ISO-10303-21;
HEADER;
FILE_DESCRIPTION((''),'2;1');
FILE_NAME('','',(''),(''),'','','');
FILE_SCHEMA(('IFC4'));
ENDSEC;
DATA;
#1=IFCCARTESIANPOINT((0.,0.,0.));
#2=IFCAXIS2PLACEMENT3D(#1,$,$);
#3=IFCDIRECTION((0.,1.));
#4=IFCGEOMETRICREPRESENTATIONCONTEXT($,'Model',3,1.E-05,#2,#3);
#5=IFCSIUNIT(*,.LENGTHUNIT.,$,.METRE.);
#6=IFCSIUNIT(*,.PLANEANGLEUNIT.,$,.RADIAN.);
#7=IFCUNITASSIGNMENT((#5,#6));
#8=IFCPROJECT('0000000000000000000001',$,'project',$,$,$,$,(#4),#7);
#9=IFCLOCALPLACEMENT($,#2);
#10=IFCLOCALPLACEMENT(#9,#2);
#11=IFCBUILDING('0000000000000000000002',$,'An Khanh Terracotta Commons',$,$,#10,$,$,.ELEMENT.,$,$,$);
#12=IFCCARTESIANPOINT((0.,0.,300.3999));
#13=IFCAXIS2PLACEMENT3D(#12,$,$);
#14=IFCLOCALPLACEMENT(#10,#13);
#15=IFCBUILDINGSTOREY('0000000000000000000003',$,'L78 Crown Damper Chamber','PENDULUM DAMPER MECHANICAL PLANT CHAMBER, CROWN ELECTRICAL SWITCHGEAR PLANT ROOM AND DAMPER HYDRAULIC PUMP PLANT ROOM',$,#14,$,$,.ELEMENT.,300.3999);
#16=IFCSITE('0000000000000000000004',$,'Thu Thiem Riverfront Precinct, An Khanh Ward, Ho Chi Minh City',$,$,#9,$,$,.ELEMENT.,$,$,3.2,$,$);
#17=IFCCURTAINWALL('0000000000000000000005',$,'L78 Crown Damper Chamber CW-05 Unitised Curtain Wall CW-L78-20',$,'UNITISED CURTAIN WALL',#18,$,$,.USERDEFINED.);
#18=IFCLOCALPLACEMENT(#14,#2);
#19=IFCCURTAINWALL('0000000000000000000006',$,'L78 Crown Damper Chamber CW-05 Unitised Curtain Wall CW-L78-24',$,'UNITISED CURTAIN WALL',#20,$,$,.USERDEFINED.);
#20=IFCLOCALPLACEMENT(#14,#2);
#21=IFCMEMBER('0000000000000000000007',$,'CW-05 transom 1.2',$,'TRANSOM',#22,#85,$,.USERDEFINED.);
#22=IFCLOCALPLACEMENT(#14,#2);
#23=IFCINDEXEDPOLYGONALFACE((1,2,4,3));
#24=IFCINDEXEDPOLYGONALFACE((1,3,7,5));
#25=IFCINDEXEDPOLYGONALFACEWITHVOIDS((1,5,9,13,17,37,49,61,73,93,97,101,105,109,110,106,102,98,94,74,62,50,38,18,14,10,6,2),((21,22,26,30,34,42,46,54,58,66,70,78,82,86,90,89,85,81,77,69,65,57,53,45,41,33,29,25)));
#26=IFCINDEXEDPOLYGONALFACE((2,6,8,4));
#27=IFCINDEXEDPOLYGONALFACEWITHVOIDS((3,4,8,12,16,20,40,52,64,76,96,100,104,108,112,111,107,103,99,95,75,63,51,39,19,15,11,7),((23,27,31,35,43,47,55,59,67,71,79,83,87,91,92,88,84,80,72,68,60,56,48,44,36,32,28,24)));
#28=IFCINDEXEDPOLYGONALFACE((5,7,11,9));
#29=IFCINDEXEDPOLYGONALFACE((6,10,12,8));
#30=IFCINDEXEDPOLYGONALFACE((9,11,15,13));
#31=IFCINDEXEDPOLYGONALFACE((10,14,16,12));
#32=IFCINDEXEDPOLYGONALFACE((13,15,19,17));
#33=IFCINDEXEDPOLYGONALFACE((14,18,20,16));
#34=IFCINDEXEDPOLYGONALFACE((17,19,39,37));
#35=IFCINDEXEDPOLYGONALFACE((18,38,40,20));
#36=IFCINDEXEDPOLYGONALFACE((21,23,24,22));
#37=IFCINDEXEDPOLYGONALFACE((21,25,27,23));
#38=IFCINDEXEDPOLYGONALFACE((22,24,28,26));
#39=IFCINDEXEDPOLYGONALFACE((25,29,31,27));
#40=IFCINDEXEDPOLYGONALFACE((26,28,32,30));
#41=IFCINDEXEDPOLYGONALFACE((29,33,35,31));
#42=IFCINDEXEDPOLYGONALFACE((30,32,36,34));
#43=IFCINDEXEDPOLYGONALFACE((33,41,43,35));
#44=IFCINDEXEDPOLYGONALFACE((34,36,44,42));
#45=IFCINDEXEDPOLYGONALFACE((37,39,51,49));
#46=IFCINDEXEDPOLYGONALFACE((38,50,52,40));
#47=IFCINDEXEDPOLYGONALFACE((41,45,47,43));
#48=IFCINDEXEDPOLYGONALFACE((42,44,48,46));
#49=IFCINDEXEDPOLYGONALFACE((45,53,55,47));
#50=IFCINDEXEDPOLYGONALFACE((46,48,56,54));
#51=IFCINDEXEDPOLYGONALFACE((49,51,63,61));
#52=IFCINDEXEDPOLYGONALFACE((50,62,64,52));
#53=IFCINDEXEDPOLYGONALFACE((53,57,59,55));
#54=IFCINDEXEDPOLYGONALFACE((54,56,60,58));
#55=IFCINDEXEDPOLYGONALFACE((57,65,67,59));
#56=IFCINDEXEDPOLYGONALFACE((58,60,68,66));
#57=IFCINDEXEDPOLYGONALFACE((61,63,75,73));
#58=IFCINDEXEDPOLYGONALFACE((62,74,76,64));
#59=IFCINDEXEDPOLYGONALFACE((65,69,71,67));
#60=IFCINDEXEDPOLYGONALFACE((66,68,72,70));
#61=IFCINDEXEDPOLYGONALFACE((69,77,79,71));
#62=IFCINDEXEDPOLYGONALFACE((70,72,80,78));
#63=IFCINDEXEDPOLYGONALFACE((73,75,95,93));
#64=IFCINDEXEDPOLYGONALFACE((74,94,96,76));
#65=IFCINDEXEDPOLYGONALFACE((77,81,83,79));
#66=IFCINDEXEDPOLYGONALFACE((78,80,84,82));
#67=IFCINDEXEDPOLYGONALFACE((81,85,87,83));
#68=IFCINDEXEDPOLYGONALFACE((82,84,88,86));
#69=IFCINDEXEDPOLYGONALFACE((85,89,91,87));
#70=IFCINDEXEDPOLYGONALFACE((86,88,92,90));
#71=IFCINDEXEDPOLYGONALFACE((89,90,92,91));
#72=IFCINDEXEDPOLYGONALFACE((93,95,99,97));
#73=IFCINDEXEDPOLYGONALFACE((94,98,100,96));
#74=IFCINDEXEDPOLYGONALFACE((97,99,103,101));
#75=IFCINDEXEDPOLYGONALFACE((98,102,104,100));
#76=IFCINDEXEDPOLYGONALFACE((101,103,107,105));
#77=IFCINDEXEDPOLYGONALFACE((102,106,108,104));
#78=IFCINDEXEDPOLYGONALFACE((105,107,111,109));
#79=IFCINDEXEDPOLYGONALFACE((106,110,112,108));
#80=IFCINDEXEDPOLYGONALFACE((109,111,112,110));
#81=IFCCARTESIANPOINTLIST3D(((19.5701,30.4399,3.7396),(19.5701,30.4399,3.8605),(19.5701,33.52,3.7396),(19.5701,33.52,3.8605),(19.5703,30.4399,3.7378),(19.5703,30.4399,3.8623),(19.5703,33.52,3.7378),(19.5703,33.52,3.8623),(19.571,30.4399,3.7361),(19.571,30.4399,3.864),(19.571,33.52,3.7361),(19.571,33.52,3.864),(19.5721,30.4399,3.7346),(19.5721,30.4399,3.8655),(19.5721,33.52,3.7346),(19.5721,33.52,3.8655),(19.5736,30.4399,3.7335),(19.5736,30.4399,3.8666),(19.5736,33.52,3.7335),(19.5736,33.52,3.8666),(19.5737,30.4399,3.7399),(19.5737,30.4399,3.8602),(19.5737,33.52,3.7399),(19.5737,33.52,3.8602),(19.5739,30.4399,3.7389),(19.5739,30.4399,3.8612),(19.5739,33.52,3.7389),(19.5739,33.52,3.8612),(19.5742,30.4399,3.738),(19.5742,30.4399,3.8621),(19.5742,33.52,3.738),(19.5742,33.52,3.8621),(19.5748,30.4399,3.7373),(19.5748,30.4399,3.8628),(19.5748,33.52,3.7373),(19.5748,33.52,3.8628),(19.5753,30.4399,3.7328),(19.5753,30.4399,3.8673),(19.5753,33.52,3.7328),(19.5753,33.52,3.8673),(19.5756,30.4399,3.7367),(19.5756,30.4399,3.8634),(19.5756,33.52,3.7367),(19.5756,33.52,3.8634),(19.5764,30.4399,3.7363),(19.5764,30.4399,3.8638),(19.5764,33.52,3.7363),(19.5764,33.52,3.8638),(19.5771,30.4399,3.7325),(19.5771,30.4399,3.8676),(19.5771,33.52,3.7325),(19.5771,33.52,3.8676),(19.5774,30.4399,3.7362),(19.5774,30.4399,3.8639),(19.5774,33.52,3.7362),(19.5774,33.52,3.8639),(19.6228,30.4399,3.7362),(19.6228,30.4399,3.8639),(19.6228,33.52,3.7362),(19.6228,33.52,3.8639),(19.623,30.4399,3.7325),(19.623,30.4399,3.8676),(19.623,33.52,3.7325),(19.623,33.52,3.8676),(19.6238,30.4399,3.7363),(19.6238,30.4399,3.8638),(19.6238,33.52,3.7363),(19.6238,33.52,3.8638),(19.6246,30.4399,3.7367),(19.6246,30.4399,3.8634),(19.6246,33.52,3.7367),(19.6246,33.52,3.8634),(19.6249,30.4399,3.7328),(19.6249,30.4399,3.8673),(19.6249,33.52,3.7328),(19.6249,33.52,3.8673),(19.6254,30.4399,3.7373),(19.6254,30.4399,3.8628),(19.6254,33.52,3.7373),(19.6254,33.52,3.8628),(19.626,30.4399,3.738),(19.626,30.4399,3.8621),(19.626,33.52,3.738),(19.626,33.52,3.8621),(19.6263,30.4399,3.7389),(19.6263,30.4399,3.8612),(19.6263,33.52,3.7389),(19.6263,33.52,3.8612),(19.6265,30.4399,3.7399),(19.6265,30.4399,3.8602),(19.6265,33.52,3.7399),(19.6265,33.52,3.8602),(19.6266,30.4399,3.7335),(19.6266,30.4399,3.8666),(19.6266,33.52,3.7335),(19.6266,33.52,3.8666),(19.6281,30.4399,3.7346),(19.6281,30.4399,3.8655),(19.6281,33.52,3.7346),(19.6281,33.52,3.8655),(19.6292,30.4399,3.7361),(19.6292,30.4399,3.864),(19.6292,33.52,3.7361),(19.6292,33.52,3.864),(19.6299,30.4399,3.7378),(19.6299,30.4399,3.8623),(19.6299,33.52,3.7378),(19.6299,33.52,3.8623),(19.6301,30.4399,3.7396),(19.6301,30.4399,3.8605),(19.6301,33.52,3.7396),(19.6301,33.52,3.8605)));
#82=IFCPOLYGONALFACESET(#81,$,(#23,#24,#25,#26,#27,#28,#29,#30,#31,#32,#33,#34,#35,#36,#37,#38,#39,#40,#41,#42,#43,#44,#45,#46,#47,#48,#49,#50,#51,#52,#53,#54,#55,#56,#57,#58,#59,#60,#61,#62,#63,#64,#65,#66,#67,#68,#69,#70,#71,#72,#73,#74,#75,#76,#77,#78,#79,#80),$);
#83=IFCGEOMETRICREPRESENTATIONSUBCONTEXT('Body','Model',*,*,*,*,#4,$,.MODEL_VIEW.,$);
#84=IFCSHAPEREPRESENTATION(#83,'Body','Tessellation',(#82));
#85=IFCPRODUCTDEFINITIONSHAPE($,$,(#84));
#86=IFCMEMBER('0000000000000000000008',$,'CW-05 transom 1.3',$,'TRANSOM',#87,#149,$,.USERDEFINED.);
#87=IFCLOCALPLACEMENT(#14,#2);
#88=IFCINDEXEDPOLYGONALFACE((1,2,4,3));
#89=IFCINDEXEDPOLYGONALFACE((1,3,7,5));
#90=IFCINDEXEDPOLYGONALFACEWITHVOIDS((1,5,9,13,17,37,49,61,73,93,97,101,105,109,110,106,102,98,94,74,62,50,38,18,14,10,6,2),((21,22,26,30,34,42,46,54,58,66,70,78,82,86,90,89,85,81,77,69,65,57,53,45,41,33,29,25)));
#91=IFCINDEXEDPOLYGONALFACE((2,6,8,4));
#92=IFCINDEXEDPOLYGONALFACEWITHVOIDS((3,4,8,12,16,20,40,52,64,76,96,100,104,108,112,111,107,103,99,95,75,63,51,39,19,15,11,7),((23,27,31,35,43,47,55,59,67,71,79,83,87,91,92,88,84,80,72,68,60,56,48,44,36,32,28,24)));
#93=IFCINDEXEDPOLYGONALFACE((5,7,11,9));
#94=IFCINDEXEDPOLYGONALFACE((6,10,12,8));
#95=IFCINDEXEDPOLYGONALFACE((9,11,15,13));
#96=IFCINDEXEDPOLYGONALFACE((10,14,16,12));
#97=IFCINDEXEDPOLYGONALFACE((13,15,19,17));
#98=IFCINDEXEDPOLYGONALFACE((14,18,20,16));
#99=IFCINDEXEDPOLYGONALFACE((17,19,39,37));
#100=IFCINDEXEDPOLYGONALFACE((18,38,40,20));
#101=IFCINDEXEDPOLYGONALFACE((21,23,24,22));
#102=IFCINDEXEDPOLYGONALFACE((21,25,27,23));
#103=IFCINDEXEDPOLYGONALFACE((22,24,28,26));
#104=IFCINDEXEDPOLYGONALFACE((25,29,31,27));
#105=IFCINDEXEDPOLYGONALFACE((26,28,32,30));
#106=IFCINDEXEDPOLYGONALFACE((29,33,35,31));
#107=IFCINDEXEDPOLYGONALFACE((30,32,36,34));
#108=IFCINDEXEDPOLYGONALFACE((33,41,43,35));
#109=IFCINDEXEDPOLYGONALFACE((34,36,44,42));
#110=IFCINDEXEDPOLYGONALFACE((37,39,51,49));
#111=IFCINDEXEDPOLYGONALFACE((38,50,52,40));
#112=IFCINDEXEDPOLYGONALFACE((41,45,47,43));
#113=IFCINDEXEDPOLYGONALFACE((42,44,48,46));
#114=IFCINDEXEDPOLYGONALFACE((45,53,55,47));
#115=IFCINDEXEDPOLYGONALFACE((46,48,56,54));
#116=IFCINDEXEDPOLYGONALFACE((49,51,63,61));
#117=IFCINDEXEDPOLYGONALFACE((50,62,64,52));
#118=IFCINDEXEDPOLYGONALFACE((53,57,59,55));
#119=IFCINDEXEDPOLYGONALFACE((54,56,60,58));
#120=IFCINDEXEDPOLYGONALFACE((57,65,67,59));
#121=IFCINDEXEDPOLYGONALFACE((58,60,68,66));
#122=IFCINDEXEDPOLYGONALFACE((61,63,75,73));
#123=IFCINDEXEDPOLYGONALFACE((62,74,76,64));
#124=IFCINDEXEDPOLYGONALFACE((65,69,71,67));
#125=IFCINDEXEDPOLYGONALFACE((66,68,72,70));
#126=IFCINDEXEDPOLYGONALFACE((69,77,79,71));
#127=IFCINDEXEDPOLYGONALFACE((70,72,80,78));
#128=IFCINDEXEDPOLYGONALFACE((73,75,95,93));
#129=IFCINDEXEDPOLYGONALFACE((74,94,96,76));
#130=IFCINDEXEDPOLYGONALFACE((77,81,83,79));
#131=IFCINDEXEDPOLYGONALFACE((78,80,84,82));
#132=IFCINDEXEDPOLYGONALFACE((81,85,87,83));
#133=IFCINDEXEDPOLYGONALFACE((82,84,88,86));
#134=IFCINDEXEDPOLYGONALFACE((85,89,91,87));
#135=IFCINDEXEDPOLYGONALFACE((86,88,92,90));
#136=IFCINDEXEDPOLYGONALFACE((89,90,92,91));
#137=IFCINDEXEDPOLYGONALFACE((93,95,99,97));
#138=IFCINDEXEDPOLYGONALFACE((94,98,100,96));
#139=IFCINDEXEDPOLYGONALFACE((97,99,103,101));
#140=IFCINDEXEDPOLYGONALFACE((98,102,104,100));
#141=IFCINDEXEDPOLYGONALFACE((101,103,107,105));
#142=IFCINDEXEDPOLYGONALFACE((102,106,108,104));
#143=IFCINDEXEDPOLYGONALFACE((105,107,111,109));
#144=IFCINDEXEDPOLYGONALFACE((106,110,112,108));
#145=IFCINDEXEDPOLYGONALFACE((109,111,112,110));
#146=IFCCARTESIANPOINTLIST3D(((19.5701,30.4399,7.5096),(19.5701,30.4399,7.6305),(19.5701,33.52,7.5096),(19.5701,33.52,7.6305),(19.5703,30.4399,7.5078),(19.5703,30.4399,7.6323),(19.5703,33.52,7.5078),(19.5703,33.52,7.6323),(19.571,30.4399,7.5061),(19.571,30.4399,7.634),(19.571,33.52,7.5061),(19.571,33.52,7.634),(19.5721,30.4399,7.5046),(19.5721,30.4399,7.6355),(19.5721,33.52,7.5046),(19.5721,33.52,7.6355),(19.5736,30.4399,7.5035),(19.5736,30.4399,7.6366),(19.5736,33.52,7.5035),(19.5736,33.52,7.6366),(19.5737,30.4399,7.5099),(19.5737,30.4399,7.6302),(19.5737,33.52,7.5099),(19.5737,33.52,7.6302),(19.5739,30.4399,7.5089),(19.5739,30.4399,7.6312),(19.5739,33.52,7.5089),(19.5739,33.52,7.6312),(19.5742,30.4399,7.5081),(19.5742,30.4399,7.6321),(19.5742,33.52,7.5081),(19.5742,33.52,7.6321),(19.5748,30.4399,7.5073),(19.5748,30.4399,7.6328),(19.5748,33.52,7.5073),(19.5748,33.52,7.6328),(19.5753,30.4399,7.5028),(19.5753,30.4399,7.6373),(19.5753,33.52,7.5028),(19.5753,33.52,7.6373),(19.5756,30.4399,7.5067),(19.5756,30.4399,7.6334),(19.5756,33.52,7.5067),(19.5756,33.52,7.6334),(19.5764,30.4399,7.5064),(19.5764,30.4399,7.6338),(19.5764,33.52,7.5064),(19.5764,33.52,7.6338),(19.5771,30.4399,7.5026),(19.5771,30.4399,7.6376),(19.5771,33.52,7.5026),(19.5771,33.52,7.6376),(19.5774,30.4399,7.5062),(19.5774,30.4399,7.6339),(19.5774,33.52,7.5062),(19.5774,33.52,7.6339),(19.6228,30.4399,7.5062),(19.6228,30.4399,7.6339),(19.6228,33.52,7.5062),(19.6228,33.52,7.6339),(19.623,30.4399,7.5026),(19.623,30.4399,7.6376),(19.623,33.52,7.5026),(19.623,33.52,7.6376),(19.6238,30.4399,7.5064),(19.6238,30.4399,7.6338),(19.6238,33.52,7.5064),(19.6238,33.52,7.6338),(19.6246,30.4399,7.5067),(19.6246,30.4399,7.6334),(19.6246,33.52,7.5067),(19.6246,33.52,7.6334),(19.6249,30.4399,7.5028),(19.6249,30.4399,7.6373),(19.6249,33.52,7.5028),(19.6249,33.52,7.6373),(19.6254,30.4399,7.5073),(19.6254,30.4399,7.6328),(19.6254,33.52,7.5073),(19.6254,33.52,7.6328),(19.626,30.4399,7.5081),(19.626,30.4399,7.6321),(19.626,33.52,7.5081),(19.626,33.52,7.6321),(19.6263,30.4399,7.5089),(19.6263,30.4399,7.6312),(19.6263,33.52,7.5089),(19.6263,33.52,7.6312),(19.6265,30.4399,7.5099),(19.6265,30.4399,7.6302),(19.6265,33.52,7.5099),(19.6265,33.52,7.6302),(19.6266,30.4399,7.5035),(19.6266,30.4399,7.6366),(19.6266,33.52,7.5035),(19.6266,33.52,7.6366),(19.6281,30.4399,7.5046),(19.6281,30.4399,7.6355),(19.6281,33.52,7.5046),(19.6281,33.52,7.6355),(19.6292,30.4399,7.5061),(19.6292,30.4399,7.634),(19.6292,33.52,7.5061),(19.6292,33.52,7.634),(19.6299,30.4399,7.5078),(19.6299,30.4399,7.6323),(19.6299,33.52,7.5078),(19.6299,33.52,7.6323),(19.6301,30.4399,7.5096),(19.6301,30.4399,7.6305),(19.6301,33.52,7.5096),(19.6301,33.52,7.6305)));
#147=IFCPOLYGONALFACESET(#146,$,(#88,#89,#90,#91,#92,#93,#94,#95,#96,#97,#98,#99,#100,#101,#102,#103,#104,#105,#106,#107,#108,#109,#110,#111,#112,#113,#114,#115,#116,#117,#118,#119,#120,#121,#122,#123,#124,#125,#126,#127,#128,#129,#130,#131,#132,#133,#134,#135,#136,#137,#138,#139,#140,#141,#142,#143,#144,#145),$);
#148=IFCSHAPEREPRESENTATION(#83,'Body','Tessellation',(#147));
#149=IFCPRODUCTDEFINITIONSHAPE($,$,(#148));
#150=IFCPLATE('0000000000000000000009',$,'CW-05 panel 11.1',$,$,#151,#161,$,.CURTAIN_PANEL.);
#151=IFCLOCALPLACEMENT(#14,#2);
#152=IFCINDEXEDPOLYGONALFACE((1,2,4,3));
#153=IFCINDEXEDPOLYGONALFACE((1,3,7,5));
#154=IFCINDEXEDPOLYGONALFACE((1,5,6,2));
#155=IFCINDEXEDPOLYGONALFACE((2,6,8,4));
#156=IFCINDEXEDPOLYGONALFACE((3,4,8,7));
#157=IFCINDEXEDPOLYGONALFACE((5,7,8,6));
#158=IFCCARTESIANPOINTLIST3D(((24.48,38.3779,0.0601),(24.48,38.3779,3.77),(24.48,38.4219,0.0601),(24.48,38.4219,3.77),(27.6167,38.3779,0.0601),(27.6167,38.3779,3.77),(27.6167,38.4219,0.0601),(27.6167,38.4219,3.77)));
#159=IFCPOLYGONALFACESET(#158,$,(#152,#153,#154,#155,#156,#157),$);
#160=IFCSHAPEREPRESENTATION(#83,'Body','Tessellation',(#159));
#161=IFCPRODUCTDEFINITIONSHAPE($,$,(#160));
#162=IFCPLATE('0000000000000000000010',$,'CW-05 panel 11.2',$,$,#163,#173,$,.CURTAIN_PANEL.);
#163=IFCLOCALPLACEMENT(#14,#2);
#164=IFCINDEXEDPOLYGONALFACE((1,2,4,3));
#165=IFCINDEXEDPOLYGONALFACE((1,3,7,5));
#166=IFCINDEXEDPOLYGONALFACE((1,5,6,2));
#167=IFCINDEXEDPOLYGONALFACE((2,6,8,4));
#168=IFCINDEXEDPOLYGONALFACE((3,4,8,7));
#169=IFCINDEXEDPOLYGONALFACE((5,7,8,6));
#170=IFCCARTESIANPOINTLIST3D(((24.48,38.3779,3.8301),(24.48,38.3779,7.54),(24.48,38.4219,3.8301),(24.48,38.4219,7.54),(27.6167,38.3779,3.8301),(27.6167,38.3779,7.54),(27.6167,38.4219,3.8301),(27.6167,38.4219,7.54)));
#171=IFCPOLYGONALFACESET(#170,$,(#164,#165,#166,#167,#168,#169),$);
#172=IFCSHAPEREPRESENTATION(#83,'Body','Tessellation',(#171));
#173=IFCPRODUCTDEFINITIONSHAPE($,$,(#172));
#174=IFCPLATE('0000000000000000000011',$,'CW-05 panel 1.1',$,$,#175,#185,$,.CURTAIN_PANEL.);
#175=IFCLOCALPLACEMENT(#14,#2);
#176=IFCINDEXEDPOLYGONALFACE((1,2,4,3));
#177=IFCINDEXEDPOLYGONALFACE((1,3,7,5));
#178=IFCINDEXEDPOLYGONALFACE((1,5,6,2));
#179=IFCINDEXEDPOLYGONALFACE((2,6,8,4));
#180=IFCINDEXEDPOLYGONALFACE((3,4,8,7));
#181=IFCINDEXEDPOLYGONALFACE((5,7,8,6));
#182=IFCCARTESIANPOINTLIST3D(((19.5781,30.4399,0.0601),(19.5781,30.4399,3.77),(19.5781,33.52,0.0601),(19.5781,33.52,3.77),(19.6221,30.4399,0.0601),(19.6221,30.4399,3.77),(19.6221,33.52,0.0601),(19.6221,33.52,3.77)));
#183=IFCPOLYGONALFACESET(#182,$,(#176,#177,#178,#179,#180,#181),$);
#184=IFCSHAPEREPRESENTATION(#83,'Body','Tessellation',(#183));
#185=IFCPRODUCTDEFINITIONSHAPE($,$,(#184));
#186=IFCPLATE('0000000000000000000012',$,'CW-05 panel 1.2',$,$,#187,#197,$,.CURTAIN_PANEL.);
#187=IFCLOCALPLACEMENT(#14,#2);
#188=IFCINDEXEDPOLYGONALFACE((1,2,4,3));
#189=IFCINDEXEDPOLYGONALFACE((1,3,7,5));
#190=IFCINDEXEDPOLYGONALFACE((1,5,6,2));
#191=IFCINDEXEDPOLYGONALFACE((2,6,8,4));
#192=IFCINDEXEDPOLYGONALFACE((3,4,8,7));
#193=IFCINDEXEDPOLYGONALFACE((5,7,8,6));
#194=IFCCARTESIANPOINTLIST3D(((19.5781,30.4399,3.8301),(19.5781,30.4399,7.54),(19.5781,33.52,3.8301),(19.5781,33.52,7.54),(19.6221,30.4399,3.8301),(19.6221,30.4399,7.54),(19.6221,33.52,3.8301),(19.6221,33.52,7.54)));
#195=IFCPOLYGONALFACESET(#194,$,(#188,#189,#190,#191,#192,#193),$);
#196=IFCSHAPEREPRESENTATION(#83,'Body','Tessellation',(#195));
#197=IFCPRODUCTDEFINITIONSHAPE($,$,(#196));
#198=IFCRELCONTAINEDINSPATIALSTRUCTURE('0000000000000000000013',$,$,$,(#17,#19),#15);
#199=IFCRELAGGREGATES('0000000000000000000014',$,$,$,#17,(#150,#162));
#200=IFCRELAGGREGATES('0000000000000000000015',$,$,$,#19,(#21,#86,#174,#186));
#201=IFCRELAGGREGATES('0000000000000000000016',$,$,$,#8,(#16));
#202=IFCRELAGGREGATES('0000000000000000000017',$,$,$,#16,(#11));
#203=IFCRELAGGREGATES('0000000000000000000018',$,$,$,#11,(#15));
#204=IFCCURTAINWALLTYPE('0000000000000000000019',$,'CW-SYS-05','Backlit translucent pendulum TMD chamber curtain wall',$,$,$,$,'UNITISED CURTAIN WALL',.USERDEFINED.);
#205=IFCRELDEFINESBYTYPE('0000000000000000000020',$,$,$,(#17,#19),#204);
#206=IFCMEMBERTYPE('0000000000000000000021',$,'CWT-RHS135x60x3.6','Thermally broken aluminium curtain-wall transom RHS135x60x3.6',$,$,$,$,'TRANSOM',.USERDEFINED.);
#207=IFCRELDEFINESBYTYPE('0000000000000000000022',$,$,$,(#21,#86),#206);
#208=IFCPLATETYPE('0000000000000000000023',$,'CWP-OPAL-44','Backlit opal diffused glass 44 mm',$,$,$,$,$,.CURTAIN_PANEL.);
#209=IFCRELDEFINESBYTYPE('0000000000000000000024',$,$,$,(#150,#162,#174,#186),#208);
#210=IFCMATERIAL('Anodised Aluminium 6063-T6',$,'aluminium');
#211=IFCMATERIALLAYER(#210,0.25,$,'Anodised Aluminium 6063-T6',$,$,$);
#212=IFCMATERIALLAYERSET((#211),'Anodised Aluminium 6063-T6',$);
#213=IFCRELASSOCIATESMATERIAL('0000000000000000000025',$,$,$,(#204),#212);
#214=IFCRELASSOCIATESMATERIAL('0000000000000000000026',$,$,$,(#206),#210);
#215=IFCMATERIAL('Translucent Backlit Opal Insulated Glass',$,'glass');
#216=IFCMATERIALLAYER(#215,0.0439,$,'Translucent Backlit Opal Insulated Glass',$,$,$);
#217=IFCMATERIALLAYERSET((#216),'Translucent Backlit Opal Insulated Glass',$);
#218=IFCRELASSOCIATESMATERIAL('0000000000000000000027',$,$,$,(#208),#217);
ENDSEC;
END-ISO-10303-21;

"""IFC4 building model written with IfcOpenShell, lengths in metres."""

from ifc_helpers import new_model, si_unit, direction, frame, origin, origin_2d, place, context, subcontext, project, spatial, rectangle, hollow_rectangle, extrude, material, layer, layer_set, material_profile, profile_set, type_object, element, aggregate, save


model = new_model("IFC4")

# Units and contexts
model_context = context("Model", 3, precision=1e-05, world=origin(), true_north=direction((0.0, 1.0)))
body_context = subcontext(model_context, "Body", "Model", "MODEL_VIEW")
ifc_project = project(units=[si_unit("LENGTHUNIT", "METRE"), si_unit("PLANEANGLEUNIT", "RADIAN")], contexts=[model_context])

# Site, building, storey
site_placement = place(None, origin())
site = spatial("IfcSite", under=ifc_project, at=site_placement, Name="Thu Thiem Riverfront Precinct, An Khanh Ward, Ho Chi Minh City", CompositionType="ELEMENT", RefElevation=3.2)
building_placement = place(site_placement, origin())
building = spatial("IfcBuilding", under=site, at=building_placement, Name="An Khanh Terracotta Commons", CompositionType="ELEMENT")
storey_placement = place(building_placement, frame((0.0, 0.0, 300.3999)))
storey = spatial("IfcBuildingStorey", under=building, at=storey_placement, Name="L78 Crown Damper Chamber", Description="PENDULUM DAMPER MECHANICAL PLANT CHAMBER, CROWN ELECTRICAL SWITCHGEAR PLANT ROOM AND DAMPER HYDRAULIC PUMP PLANT ROOM", CompositionType="ELEMENT", Elevation=300.3999)

# Curtain wall
ifc_material_1 = material(Name="Anodised Aluminium 6063-T6", Category="aluminium")
ifc_layer_1 = layer(ifc_material_1, 0.25, Name="Anodised Aluminium 6063-T6")
ifc_layer_set_1 = layer_set([ifc_layer_1], Name="Anodised Aluminium 6063-T6")
curtain_wall_type = type_object("IfcCurtainWallType", Name="CW-SYS-05", Description="Backlit translucent pendulum TMD chamber curtain wall", ElementType="UNITISED CURTAIN WALL", PredefinedType="USERDEFINED", material=ifc_layer_set_1)
curtain_wall_1_placement = place(storey_placement, origin())
curtain_wall_1 = element("IfcCurtainWall", 1, at=curtain_wall_1_placement, inside=storey, type_object=curtain_wall_type, Name="L78 Crown Damper Chamber CW-05 Unitised Curtain Wall CW-L78-20", ObjectType="UNITISED CURTAIN WALL", PredefinedType="USERDEFINED")

# Curtain wall
curtain_wall_2_placement = place(storey_placement, origin())
curtain_wall_2 = element("IfcCurtainWall", 2, at=curtain_wall_2_placement, inside=storey, type_object=curtain_wall_type, Name="L78 Crown Damper Chamber CW-05 Unitised Curtain Wall CW-L78-24", ObjectType="UNITISED CURTAIN WALL", PredefinedType="USERDEFINED")

# Members
ifc_material_profile_1 = material_profile(ifc_material_1, hollow_rectangle(XDim=0.0601, YDim=0.135, WallThickness=0.0037, InnerFilletRadius=0.0037, OuterFilletRadius=0.0071, at=origin_2d()), Name="RHS135x60x3.6")
ifc_profile_set_1 = profile_set([ifc_material_profile_1], Name="Anodised Aluminium 6063-T6")
member_type_1 = type_object("IfcMemberType", Name="CWT-RHS135x60x3.6", Description="Thermally broken aluminium curtain-wall transom RHS135x60x3.6", ElementType="TRANSOM", PredefinedType="USERDEFINED", material=ifc_profile_set_1)
member_1_placement = place(storey_placement, frame((19.6001, 33.52, 3.8), z_axis=(0.0, -1.0, 0.0), x_axis=(1.0, 0.0, 0.0)))
member_1 = element("IfcMember", 3, at=member_1_placement, type_object=member_type_1, Name="CW-05 transom 1.2", ObjectType="TRANSOM", PredefinedType="USERDEFINED", context=body_context, shape_type="SweptSolid", body=[
    extrude(hollow_rectangle(XDim=0.0601, YDim=0.135, WallThickness=0.0037, InnerFilletRadius=0.0037, OuterFilletRadius=0.0071, at=origin_2d()), origin(), (0.0, 0.0, 1.0), 3.0801),
])
member_2_placement = place(storey_placement, frame((19.6001, 33.52, 7.5701), z_axis=(0.0, -1.0, 0.0), x_axis=(1.0, 0.0, 0.0)))
member_2 = element("IfcMember", 4, at=member_2_placement, type_object=member_type_1, Name="CW-05 transom 1.3", ObjectType="TRANSOM", PredefinedType="USERDEFINED", context=body_context, shape_type="SweptSolid", body=[
    extrude(hollow_rectangle(XDim=0.0601, YDim=0.135, WallThickness=0.0037, InnerFilletRadius=0.0037, OuterFilletRadius=0.0071, at=origin_2d()), origin(), (0.0, 0.0, 1.0), 3.0801),
])

# Plates
ifc_material_2 = material(Name="Translucent Backlit Opal Insulated Glass", Category="glass")
ifc_layer_2 = layer(ifc_material_2, 0.0439, Name="Translucent Backlit Opal Insulated Glass")
ifc_layer_set_2 = layer_set([ifc_layer_2], Name="Translucent Backlit Opal Insulated Glass")
plate_type = type_object("IfcPlateType", Name="CWP-OPAL-44", Description="Backlit opal diffused glass 44 mm", PredefinedType="CURTAIN_PANEL", material=ifc_layer_set_2)
plate_1_placement = place(storey_placement, frame((26.0483, 38.3999, 0.0601), z_axis=(0.0, 0.0, 1.0), x_axis=(-1.0, 0.0, 0.0)))
plate_1 = element("IfcPlate", 5, at=plate_1_placement, type_object=plate_type, Name="CW-05 panel 11.1", PredefinedType="CURTAIN_PANEL", context=body_context, shape_type="SweptSolid", body=[
    extrude(rectangle(XDim=3.1367, YDim=0.0439, at=origin_2d()), origin(), (0.0, 0.0, 1.0), 3.71),
])
plate_2_placement = place(storey_placement, frame((26.0483, 38.3999, 3.8301), z_axis=(0.0, 0.0, 1.0), x_axis=(-1.0, 0.0, 0.0)))
plate_2 = element("IfcPlate", 6, at=plate_2_placement, type_object=plate_type, Name="CW-05 panel 11.2", PredefinedType="CURTAIN_PANEL", context=body_context, shape_type="SweptSolid", body=[
    extrude(rectangle(XDim=3.1367, YDim=0.0439, at=origin_2d()), origin(), (0.0, 0.0, 1.0), 3.71),
])
aggregate(curtain_wall_1, [plate_1, plate_2])
plate_3_placement = place(storey_placement, frame((19.6001, 31.98, 0.0601), z_axis=(0.0, 0.0, 1.0), x_axis=(0.0, -1.0, 0.0)))
plate_3 = element("IfcPlate", 7, at=plate_3_placement, type_object=plate_type, Name="CW-05 panel 1.1", PredefinedType="CURTAIN_PANEL", context=body_context, shape_type="SweptSolid", body=[
    extrude(rectangle(XDim=3.0801, YDim=0.0439, at=origin_2d()), origin(), (0.0, 0.0, 1.0), 3.71),
])
plate_4_placement = place(storey_placement, frame((19.6001, 31.98, 3.8301), z_axis=(0.0, 0.0, 1.0), x_axis=(0.0, -1.0, 0.0)))
plate_4 = element("IfcPlate", 8, at=plate_4_placement, type_object=plate_type, Name="CW-05 panel 1.2", PredefinedType="CURTAIN_PANEL", context=body_context, shape_type="SweptSolid", body=[
    extrude(rectangle(XDim=3.0801, YDim=0.0439, at=origin_2d()), origin(), (0.0, 0.0, 1.0), 3.71),
])
aggregate(curtain_wall_2, [member_1, member_2, plate_3, plate_4])

save(model, "model.ifc")
